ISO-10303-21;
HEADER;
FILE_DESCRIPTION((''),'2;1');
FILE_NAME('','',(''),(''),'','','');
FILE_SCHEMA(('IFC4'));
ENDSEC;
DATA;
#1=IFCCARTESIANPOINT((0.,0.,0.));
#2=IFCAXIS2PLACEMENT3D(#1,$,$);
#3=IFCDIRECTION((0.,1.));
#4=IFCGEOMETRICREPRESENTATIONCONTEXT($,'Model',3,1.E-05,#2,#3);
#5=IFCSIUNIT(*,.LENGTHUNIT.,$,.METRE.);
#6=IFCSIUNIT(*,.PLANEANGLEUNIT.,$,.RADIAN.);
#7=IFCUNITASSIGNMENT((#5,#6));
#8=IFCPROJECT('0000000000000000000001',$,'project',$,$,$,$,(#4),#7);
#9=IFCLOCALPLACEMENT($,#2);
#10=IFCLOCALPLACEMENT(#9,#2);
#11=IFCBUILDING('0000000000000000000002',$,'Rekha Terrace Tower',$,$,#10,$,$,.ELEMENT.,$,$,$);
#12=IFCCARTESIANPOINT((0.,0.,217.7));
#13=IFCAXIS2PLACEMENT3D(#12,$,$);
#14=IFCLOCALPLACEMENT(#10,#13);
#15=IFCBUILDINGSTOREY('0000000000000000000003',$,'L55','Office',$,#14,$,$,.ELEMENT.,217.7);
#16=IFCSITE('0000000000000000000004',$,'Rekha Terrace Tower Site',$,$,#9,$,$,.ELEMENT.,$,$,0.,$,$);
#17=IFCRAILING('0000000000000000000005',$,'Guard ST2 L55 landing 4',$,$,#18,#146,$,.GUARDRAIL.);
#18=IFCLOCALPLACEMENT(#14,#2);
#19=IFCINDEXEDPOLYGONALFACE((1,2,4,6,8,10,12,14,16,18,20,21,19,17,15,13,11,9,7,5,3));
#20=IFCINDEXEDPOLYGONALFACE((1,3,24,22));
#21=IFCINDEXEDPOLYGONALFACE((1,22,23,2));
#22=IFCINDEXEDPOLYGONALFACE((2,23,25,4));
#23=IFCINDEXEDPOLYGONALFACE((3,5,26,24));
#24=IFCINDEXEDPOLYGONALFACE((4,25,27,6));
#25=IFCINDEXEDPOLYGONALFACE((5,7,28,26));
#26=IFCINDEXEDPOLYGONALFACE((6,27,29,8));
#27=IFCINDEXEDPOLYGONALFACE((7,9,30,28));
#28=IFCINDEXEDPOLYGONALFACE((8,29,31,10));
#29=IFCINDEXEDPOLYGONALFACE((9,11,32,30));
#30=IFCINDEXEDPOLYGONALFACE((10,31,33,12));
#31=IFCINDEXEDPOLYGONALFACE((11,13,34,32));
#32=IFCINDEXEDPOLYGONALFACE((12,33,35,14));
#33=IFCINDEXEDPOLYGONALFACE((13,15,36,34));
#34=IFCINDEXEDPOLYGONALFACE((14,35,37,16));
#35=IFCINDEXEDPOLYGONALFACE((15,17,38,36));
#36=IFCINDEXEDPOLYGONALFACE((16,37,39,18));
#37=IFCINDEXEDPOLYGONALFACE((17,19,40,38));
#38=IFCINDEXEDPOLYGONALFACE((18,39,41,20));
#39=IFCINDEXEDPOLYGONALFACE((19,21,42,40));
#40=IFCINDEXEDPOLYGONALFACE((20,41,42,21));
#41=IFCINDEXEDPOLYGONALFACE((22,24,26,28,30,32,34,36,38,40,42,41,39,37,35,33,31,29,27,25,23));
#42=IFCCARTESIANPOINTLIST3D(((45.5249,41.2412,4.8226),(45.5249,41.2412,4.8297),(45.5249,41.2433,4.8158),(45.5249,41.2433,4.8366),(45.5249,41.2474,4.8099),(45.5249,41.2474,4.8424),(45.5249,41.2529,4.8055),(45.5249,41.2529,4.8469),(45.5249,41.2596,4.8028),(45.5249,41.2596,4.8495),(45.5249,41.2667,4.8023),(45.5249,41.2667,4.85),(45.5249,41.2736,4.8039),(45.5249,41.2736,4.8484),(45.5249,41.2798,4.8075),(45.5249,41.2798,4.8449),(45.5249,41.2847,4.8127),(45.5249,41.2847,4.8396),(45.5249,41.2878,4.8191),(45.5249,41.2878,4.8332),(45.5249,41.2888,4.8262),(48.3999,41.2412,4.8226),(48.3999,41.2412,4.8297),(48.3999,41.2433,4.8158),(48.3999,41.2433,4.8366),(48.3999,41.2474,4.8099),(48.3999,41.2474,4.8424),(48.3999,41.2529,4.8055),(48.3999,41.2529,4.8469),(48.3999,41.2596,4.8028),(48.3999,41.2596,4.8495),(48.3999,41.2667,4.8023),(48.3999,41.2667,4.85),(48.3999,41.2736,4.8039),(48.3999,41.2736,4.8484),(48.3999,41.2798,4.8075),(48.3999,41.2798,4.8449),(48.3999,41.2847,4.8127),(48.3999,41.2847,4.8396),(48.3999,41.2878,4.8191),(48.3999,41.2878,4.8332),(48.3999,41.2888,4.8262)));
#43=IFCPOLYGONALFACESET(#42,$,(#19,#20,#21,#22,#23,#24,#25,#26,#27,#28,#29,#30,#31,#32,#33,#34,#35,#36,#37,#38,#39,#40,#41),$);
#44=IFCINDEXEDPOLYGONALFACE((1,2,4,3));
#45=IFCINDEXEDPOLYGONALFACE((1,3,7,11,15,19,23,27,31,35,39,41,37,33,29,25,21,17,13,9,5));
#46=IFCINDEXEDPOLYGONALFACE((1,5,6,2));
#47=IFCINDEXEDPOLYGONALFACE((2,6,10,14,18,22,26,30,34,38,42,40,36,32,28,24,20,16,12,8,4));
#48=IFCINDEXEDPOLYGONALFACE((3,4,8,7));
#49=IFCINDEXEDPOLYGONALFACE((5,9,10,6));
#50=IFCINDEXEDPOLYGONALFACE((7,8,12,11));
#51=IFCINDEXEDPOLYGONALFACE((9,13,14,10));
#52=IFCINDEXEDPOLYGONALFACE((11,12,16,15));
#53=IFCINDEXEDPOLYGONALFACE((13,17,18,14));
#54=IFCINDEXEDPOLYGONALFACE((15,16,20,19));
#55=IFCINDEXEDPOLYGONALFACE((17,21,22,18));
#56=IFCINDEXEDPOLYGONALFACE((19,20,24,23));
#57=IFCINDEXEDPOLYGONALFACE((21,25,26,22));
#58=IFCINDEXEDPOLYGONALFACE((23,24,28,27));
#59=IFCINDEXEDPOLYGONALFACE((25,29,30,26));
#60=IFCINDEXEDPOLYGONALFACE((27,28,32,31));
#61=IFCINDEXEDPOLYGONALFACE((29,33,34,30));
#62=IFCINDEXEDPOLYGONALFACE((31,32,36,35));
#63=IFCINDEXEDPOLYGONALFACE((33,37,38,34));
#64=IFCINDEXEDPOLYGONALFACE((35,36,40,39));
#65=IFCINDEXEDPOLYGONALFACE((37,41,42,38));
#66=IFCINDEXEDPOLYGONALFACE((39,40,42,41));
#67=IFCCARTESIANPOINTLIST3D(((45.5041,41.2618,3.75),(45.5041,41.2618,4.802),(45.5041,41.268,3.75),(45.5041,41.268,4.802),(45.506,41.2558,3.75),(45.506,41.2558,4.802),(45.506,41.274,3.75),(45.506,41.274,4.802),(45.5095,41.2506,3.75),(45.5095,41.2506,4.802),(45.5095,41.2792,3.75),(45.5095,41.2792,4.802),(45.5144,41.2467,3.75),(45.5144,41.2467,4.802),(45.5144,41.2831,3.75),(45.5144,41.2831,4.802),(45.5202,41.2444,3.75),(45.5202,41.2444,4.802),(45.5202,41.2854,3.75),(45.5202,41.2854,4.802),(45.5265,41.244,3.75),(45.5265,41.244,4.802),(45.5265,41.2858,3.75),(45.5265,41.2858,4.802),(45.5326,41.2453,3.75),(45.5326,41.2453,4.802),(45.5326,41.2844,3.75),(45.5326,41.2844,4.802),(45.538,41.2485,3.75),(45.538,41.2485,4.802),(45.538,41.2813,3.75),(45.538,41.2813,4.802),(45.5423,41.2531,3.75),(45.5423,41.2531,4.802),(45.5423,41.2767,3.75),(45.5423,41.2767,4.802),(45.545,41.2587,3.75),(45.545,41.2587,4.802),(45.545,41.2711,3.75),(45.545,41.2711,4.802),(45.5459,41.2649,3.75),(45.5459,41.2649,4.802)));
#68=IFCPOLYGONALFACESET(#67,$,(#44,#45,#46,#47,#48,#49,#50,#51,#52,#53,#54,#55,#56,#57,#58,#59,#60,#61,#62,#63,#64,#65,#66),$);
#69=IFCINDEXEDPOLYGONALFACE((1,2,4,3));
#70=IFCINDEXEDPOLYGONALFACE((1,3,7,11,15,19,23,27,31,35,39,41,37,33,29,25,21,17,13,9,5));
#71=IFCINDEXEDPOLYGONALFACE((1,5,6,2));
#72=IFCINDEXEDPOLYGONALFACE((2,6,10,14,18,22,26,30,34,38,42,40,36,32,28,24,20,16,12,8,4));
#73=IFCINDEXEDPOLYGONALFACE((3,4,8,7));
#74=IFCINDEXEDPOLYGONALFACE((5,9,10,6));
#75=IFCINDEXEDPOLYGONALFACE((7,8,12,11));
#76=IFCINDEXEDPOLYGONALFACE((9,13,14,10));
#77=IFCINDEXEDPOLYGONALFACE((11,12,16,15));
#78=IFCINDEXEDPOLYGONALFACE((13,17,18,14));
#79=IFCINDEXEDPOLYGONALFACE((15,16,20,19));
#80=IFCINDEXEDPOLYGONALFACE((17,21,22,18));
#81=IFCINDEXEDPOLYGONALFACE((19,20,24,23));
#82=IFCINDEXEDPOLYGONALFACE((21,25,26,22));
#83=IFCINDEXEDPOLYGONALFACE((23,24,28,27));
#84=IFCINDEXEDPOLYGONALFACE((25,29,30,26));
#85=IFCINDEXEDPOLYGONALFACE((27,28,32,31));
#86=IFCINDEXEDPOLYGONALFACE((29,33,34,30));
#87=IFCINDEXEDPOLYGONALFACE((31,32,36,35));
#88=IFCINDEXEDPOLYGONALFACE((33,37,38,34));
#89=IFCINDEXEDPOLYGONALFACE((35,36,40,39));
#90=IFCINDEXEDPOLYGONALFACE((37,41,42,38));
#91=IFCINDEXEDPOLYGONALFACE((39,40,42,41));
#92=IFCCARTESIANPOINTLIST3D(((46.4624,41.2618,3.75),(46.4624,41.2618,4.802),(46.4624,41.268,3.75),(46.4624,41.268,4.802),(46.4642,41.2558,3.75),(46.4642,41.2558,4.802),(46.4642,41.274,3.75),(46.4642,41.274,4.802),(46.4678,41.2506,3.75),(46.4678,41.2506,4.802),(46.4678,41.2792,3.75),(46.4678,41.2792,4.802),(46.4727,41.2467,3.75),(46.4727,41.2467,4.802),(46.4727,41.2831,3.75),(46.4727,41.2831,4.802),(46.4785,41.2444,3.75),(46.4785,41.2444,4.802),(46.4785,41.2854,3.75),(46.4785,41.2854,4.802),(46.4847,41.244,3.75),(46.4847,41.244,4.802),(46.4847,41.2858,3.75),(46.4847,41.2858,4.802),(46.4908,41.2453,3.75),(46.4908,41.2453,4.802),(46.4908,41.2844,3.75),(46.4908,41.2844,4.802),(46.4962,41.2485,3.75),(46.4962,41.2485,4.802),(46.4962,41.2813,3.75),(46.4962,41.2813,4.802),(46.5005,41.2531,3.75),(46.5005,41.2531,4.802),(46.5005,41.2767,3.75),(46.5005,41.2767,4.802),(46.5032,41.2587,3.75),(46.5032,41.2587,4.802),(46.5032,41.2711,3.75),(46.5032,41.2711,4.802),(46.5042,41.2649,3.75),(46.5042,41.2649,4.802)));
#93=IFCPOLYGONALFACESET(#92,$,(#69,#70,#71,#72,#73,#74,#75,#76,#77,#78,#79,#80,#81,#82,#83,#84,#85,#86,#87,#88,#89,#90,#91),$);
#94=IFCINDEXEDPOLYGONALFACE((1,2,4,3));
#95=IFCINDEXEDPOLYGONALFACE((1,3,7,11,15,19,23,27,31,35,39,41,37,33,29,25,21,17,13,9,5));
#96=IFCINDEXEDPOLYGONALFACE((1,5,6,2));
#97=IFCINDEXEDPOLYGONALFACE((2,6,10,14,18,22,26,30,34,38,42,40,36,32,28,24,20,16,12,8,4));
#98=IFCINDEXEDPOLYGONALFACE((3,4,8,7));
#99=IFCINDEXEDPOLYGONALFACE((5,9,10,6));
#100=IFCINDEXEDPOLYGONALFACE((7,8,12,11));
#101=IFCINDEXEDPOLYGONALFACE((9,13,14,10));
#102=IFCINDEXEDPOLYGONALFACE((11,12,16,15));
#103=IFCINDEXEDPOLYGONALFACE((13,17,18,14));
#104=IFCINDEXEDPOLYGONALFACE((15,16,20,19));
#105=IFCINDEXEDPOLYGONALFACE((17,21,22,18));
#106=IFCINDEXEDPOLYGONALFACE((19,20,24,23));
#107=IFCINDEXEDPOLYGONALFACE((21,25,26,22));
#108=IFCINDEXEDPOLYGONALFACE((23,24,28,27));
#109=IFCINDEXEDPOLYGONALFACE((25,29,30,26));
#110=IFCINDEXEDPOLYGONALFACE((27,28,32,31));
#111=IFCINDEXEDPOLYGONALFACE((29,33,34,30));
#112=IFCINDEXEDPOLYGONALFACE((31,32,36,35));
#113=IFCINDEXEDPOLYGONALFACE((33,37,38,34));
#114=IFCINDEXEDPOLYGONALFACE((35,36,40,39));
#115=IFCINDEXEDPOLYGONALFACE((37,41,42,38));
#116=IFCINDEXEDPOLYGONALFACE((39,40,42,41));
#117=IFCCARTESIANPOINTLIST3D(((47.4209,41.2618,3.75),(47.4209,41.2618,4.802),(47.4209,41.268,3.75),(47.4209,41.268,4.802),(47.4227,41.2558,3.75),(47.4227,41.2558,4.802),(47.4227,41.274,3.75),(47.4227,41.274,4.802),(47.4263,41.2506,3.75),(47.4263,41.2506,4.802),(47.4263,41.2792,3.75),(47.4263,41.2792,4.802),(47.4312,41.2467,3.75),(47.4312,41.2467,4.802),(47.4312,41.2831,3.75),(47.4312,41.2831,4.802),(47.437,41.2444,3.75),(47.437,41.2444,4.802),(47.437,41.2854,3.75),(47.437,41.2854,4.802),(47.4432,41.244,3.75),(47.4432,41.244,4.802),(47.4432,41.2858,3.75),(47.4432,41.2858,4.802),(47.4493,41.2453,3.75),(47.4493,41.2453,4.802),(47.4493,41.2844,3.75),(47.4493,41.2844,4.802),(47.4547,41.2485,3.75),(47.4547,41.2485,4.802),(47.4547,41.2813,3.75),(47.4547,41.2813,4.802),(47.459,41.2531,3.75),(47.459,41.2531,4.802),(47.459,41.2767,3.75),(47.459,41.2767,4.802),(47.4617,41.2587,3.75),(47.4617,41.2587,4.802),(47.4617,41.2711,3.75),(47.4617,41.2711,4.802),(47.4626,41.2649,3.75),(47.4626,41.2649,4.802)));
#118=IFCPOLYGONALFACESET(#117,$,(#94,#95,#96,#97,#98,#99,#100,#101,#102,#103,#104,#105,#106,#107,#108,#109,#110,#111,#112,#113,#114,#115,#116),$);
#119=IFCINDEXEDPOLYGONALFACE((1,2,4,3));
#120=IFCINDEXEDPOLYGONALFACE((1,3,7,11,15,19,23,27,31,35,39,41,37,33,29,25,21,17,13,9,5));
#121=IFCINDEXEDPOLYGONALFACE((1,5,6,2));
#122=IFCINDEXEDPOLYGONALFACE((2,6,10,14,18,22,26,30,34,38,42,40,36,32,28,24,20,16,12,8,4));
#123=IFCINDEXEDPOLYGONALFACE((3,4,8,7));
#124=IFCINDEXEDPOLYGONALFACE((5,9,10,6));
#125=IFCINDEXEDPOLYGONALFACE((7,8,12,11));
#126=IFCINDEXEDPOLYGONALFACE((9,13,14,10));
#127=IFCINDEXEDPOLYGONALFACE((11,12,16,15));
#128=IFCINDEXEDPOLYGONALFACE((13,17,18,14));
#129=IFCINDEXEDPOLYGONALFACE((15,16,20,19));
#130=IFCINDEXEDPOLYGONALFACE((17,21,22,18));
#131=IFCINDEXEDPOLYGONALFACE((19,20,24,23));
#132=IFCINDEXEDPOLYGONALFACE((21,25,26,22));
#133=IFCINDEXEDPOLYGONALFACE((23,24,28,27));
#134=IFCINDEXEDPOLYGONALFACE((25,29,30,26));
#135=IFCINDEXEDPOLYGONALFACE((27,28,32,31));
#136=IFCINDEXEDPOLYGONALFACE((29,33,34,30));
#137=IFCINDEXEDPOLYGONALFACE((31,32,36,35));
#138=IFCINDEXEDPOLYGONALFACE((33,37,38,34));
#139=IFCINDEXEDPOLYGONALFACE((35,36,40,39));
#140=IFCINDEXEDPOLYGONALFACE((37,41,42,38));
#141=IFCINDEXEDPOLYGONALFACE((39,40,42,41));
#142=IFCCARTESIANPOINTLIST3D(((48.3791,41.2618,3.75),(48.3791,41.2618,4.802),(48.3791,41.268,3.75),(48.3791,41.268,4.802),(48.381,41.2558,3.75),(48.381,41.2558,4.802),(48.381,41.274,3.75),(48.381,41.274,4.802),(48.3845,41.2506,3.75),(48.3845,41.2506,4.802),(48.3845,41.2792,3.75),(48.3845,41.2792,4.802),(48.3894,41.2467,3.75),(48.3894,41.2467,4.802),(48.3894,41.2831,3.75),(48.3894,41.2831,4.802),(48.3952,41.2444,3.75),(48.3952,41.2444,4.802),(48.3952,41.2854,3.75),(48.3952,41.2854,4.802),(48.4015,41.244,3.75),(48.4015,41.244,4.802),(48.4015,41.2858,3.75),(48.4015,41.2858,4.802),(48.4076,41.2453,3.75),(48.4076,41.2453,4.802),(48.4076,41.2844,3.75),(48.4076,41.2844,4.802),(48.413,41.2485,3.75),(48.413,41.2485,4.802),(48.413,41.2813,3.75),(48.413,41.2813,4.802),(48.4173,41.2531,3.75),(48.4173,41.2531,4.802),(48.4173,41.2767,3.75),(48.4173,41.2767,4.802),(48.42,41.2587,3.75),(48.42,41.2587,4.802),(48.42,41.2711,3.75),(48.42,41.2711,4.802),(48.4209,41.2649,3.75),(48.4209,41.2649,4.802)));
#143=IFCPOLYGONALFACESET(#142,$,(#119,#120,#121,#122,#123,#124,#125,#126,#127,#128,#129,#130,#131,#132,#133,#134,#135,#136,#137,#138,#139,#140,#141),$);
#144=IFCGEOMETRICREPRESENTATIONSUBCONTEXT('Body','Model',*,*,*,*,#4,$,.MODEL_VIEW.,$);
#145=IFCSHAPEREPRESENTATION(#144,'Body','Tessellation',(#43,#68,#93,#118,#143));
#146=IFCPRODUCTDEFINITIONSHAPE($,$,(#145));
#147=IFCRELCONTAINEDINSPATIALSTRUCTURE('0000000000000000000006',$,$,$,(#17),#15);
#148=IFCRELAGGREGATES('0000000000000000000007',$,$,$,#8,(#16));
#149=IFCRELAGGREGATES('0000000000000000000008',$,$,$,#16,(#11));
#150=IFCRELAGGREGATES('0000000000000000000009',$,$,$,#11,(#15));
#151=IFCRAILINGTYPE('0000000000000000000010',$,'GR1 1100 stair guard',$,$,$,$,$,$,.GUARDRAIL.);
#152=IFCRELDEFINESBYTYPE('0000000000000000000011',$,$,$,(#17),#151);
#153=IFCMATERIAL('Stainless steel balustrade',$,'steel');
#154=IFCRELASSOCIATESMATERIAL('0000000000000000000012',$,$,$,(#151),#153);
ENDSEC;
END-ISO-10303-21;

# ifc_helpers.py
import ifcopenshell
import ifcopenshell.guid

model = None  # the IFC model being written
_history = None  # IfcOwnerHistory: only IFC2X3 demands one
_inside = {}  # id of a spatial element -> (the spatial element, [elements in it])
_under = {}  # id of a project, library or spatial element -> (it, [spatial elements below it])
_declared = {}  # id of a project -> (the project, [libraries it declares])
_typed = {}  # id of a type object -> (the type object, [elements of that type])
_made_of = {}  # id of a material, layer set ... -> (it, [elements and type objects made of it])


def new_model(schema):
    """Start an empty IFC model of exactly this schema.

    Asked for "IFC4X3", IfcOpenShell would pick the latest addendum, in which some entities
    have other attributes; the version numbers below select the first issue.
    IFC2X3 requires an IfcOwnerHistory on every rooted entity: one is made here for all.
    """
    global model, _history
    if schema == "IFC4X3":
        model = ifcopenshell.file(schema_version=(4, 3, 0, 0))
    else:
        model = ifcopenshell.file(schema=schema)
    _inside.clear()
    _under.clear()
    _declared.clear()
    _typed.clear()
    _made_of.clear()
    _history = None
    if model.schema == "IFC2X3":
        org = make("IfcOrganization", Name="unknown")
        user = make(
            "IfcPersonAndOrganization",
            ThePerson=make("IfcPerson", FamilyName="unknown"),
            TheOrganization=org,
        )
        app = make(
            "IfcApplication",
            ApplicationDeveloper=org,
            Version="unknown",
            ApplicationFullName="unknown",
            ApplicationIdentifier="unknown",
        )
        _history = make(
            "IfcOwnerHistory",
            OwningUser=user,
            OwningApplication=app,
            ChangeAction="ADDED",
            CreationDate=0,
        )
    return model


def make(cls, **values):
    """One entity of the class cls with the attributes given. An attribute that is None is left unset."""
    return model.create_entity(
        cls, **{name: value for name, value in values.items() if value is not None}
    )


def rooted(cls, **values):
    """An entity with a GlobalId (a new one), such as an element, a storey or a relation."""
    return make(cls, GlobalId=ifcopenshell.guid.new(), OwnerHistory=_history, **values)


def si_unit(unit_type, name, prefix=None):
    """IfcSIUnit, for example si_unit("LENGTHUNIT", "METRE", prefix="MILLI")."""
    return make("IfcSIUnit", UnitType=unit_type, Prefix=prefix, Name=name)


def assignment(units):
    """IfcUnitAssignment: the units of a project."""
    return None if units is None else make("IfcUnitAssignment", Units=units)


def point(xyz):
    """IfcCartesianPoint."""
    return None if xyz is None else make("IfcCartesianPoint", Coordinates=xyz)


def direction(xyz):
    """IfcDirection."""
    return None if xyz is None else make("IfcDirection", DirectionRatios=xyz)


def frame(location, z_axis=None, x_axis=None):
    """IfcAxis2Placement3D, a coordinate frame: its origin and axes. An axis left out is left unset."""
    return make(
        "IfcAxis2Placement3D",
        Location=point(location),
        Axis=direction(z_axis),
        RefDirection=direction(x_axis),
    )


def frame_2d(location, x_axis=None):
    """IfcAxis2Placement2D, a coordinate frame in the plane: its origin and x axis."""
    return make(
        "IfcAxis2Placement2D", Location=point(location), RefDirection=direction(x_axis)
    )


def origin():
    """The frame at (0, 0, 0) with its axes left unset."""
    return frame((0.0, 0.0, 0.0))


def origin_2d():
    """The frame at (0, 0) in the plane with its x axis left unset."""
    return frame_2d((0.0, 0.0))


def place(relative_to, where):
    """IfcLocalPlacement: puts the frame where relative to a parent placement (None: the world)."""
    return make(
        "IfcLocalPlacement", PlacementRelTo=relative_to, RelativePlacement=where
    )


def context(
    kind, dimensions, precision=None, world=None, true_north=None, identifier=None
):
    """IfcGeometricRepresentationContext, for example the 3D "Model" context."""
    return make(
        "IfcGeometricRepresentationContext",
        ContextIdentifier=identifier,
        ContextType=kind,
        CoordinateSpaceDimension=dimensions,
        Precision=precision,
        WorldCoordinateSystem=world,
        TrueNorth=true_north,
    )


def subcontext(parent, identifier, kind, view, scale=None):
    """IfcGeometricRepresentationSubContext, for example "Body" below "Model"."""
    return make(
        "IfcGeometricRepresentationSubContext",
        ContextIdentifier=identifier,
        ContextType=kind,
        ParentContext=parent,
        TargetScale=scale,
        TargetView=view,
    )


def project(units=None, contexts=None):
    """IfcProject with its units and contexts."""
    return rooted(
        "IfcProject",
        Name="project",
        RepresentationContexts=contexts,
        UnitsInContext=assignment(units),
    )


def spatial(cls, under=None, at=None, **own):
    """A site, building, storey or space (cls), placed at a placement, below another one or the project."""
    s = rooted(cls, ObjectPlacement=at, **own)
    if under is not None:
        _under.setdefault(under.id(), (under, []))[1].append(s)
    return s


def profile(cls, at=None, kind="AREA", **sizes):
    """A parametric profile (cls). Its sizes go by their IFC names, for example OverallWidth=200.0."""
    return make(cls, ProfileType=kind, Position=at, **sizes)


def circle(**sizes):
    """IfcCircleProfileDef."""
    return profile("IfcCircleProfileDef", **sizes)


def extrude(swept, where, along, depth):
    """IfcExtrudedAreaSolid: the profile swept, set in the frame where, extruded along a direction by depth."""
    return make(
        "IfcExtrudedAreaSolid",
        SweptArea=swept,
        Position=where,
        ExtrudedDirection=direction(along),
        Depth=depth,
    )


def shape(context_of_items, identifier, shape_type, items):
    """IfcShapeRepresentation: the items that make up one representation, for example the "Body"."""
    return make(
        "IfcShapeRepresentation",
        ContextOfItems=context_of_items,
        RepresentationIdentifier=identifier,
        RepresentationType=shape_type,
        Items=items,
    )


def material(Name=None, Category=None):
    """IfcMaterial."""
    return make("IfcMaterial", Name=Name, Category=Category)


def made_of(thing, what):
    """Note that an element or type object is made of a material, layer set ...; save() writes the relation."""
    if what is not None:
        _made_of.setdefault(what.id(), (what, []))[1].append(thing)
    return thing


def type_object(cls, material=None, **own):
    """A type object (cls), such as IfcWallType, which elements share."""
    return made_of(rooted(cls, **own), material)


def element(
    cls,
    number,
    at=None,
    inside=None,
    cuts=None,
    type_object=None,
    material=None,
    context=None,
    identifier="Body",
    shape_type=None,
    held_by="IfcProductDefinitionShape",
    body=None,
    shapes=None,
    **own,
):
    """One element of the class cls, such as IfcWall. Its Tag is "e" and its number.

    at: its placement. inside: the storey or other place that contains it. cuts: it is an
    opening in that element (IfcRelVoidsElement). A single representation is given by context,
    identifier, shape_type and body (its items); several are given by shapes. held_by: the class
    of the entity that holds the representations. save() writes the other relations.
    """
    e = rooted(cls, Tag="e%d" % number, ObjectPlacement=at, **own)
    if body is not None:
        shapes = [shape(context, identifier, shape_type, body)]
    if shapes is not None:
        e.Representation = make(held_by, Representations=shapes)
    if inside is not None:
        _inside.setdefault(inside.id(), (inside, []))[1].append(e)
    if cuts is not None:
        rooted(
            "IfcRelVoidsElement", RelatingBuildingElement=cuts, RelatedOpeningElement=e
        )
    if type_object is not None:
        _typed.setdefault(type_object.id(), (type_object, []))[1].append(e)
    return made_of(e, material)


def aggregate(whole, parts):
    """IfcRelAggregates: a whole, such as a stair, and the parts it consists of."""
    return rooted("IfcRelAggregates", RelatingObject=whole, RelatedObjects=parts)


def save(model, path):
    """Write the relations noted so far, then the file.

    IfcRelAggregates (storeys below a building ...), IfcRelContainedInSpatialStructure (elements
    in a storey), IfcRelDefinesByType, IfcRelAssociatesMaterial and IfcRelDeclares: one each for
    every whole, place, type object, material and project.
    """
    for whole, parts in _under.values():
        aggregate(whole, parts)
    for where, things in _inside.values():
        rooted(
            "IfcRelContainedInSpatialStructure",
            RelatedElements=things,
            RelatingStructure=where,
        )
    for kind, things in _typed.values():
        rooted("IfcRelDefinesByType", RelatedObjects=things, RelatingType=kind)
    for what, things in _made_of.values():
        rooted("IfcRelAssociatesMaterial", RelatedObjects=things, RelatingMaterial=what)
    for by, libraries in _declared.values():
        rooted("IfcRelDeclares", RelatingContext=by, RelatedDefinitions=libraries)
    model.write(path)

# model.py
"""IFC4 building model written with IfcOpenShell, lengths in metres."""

from ifc_helpers import new_model, si_unit, direction, frame, origin, origin_2d, place, context, subcontext, project, spatial, circle, extrude, material, type_object, element, save


model = new_model("IFC4")

# Units and contexts
model_context = context("Model", 3, precision=1e-05, world=origin(), true_north=direction((0.0, 1.0)))
body_context = subcontext(model_context, "Body", "Model", "MODEL_VIEW")
ifc_project = project(units=[si_unit("LENGTHUNIT", "METRE"), si_unit("PLANEANGLEUNIT", "RADIAN")], contexts=[model_context])

# Site, building, storey
site_placement = place(None, origin())
site = spatial("IfcSite", under=ifc_project, at=site_placement, Name="Rekha Terrace Tower Site", CompositionType="ELEMENT", RefElevation=0.0)
building_placement = place(site_placement, origin())
building = spatial("IfcBuilding", under=site, at=building_placement, Name="Rekha Terrace Tower", CompositionType="ELEMENT")
storey_placement = place(building_placement, frame((0.0, 0.0, 217.7)))
storey = spatial("IfcBuildingStorey", under=building, at=storey_placement, Name="L55", Description="Office", CompositionType="ELEMENT", Elevation=217.7)

# Railing
ifc_material_1 = material(Name="Stainless steel balustrade", Category="steel")
railing_type_1 = type_object("IfcRailingType", Name="GR1 1100 stair guard", PredefinedType="GUARDRAIL", material=ifc_material_1)
railing_1_placement = place(storey_placement, frame((45.5249, 41.2649, 3.75)))
element("IfcRailing", 1, at=railing_1_placement, inside=storey, type_object=railing_type_1, Name="Guard ST2 L55 landing 4", PredefinedType="GUARDRAIL", context=body_context, shape_type="SweptSolid", body=[
    extrude(circle(Radius=0.0239, at=origin_2d()), frame((0.0, 0.0, 1.0762), z_axis=(1.0, 0.0, 0.0), x_axis=(0.0, 1.0, 0.0)), (0.0, 0.0, 1.0), 2.875),
    extrude(circle(Radius=0.021, at=origin_2d()), origin(), (0.0, 0.0, 1.0), 1.052),
    extrude(circle(Radius=0.021, at=origin_2d()), frame((0.9583, 0.0, 0.0)), (0.0, 0.0, 1.0), 1.052),
    extrude(circle(Radius=0.021, at=origin_2d()), frame((1.9167, 0.0, 0.0)), (0.0, 0.0, 1.0), 1.052),
    extrude(circle(Radius=0.021, at=origin_2d()), frame((2.875, 0.0, 0.0)), (0.0, 0.0, 1.0), 1.052),
])

save(model, "model.ifc")
